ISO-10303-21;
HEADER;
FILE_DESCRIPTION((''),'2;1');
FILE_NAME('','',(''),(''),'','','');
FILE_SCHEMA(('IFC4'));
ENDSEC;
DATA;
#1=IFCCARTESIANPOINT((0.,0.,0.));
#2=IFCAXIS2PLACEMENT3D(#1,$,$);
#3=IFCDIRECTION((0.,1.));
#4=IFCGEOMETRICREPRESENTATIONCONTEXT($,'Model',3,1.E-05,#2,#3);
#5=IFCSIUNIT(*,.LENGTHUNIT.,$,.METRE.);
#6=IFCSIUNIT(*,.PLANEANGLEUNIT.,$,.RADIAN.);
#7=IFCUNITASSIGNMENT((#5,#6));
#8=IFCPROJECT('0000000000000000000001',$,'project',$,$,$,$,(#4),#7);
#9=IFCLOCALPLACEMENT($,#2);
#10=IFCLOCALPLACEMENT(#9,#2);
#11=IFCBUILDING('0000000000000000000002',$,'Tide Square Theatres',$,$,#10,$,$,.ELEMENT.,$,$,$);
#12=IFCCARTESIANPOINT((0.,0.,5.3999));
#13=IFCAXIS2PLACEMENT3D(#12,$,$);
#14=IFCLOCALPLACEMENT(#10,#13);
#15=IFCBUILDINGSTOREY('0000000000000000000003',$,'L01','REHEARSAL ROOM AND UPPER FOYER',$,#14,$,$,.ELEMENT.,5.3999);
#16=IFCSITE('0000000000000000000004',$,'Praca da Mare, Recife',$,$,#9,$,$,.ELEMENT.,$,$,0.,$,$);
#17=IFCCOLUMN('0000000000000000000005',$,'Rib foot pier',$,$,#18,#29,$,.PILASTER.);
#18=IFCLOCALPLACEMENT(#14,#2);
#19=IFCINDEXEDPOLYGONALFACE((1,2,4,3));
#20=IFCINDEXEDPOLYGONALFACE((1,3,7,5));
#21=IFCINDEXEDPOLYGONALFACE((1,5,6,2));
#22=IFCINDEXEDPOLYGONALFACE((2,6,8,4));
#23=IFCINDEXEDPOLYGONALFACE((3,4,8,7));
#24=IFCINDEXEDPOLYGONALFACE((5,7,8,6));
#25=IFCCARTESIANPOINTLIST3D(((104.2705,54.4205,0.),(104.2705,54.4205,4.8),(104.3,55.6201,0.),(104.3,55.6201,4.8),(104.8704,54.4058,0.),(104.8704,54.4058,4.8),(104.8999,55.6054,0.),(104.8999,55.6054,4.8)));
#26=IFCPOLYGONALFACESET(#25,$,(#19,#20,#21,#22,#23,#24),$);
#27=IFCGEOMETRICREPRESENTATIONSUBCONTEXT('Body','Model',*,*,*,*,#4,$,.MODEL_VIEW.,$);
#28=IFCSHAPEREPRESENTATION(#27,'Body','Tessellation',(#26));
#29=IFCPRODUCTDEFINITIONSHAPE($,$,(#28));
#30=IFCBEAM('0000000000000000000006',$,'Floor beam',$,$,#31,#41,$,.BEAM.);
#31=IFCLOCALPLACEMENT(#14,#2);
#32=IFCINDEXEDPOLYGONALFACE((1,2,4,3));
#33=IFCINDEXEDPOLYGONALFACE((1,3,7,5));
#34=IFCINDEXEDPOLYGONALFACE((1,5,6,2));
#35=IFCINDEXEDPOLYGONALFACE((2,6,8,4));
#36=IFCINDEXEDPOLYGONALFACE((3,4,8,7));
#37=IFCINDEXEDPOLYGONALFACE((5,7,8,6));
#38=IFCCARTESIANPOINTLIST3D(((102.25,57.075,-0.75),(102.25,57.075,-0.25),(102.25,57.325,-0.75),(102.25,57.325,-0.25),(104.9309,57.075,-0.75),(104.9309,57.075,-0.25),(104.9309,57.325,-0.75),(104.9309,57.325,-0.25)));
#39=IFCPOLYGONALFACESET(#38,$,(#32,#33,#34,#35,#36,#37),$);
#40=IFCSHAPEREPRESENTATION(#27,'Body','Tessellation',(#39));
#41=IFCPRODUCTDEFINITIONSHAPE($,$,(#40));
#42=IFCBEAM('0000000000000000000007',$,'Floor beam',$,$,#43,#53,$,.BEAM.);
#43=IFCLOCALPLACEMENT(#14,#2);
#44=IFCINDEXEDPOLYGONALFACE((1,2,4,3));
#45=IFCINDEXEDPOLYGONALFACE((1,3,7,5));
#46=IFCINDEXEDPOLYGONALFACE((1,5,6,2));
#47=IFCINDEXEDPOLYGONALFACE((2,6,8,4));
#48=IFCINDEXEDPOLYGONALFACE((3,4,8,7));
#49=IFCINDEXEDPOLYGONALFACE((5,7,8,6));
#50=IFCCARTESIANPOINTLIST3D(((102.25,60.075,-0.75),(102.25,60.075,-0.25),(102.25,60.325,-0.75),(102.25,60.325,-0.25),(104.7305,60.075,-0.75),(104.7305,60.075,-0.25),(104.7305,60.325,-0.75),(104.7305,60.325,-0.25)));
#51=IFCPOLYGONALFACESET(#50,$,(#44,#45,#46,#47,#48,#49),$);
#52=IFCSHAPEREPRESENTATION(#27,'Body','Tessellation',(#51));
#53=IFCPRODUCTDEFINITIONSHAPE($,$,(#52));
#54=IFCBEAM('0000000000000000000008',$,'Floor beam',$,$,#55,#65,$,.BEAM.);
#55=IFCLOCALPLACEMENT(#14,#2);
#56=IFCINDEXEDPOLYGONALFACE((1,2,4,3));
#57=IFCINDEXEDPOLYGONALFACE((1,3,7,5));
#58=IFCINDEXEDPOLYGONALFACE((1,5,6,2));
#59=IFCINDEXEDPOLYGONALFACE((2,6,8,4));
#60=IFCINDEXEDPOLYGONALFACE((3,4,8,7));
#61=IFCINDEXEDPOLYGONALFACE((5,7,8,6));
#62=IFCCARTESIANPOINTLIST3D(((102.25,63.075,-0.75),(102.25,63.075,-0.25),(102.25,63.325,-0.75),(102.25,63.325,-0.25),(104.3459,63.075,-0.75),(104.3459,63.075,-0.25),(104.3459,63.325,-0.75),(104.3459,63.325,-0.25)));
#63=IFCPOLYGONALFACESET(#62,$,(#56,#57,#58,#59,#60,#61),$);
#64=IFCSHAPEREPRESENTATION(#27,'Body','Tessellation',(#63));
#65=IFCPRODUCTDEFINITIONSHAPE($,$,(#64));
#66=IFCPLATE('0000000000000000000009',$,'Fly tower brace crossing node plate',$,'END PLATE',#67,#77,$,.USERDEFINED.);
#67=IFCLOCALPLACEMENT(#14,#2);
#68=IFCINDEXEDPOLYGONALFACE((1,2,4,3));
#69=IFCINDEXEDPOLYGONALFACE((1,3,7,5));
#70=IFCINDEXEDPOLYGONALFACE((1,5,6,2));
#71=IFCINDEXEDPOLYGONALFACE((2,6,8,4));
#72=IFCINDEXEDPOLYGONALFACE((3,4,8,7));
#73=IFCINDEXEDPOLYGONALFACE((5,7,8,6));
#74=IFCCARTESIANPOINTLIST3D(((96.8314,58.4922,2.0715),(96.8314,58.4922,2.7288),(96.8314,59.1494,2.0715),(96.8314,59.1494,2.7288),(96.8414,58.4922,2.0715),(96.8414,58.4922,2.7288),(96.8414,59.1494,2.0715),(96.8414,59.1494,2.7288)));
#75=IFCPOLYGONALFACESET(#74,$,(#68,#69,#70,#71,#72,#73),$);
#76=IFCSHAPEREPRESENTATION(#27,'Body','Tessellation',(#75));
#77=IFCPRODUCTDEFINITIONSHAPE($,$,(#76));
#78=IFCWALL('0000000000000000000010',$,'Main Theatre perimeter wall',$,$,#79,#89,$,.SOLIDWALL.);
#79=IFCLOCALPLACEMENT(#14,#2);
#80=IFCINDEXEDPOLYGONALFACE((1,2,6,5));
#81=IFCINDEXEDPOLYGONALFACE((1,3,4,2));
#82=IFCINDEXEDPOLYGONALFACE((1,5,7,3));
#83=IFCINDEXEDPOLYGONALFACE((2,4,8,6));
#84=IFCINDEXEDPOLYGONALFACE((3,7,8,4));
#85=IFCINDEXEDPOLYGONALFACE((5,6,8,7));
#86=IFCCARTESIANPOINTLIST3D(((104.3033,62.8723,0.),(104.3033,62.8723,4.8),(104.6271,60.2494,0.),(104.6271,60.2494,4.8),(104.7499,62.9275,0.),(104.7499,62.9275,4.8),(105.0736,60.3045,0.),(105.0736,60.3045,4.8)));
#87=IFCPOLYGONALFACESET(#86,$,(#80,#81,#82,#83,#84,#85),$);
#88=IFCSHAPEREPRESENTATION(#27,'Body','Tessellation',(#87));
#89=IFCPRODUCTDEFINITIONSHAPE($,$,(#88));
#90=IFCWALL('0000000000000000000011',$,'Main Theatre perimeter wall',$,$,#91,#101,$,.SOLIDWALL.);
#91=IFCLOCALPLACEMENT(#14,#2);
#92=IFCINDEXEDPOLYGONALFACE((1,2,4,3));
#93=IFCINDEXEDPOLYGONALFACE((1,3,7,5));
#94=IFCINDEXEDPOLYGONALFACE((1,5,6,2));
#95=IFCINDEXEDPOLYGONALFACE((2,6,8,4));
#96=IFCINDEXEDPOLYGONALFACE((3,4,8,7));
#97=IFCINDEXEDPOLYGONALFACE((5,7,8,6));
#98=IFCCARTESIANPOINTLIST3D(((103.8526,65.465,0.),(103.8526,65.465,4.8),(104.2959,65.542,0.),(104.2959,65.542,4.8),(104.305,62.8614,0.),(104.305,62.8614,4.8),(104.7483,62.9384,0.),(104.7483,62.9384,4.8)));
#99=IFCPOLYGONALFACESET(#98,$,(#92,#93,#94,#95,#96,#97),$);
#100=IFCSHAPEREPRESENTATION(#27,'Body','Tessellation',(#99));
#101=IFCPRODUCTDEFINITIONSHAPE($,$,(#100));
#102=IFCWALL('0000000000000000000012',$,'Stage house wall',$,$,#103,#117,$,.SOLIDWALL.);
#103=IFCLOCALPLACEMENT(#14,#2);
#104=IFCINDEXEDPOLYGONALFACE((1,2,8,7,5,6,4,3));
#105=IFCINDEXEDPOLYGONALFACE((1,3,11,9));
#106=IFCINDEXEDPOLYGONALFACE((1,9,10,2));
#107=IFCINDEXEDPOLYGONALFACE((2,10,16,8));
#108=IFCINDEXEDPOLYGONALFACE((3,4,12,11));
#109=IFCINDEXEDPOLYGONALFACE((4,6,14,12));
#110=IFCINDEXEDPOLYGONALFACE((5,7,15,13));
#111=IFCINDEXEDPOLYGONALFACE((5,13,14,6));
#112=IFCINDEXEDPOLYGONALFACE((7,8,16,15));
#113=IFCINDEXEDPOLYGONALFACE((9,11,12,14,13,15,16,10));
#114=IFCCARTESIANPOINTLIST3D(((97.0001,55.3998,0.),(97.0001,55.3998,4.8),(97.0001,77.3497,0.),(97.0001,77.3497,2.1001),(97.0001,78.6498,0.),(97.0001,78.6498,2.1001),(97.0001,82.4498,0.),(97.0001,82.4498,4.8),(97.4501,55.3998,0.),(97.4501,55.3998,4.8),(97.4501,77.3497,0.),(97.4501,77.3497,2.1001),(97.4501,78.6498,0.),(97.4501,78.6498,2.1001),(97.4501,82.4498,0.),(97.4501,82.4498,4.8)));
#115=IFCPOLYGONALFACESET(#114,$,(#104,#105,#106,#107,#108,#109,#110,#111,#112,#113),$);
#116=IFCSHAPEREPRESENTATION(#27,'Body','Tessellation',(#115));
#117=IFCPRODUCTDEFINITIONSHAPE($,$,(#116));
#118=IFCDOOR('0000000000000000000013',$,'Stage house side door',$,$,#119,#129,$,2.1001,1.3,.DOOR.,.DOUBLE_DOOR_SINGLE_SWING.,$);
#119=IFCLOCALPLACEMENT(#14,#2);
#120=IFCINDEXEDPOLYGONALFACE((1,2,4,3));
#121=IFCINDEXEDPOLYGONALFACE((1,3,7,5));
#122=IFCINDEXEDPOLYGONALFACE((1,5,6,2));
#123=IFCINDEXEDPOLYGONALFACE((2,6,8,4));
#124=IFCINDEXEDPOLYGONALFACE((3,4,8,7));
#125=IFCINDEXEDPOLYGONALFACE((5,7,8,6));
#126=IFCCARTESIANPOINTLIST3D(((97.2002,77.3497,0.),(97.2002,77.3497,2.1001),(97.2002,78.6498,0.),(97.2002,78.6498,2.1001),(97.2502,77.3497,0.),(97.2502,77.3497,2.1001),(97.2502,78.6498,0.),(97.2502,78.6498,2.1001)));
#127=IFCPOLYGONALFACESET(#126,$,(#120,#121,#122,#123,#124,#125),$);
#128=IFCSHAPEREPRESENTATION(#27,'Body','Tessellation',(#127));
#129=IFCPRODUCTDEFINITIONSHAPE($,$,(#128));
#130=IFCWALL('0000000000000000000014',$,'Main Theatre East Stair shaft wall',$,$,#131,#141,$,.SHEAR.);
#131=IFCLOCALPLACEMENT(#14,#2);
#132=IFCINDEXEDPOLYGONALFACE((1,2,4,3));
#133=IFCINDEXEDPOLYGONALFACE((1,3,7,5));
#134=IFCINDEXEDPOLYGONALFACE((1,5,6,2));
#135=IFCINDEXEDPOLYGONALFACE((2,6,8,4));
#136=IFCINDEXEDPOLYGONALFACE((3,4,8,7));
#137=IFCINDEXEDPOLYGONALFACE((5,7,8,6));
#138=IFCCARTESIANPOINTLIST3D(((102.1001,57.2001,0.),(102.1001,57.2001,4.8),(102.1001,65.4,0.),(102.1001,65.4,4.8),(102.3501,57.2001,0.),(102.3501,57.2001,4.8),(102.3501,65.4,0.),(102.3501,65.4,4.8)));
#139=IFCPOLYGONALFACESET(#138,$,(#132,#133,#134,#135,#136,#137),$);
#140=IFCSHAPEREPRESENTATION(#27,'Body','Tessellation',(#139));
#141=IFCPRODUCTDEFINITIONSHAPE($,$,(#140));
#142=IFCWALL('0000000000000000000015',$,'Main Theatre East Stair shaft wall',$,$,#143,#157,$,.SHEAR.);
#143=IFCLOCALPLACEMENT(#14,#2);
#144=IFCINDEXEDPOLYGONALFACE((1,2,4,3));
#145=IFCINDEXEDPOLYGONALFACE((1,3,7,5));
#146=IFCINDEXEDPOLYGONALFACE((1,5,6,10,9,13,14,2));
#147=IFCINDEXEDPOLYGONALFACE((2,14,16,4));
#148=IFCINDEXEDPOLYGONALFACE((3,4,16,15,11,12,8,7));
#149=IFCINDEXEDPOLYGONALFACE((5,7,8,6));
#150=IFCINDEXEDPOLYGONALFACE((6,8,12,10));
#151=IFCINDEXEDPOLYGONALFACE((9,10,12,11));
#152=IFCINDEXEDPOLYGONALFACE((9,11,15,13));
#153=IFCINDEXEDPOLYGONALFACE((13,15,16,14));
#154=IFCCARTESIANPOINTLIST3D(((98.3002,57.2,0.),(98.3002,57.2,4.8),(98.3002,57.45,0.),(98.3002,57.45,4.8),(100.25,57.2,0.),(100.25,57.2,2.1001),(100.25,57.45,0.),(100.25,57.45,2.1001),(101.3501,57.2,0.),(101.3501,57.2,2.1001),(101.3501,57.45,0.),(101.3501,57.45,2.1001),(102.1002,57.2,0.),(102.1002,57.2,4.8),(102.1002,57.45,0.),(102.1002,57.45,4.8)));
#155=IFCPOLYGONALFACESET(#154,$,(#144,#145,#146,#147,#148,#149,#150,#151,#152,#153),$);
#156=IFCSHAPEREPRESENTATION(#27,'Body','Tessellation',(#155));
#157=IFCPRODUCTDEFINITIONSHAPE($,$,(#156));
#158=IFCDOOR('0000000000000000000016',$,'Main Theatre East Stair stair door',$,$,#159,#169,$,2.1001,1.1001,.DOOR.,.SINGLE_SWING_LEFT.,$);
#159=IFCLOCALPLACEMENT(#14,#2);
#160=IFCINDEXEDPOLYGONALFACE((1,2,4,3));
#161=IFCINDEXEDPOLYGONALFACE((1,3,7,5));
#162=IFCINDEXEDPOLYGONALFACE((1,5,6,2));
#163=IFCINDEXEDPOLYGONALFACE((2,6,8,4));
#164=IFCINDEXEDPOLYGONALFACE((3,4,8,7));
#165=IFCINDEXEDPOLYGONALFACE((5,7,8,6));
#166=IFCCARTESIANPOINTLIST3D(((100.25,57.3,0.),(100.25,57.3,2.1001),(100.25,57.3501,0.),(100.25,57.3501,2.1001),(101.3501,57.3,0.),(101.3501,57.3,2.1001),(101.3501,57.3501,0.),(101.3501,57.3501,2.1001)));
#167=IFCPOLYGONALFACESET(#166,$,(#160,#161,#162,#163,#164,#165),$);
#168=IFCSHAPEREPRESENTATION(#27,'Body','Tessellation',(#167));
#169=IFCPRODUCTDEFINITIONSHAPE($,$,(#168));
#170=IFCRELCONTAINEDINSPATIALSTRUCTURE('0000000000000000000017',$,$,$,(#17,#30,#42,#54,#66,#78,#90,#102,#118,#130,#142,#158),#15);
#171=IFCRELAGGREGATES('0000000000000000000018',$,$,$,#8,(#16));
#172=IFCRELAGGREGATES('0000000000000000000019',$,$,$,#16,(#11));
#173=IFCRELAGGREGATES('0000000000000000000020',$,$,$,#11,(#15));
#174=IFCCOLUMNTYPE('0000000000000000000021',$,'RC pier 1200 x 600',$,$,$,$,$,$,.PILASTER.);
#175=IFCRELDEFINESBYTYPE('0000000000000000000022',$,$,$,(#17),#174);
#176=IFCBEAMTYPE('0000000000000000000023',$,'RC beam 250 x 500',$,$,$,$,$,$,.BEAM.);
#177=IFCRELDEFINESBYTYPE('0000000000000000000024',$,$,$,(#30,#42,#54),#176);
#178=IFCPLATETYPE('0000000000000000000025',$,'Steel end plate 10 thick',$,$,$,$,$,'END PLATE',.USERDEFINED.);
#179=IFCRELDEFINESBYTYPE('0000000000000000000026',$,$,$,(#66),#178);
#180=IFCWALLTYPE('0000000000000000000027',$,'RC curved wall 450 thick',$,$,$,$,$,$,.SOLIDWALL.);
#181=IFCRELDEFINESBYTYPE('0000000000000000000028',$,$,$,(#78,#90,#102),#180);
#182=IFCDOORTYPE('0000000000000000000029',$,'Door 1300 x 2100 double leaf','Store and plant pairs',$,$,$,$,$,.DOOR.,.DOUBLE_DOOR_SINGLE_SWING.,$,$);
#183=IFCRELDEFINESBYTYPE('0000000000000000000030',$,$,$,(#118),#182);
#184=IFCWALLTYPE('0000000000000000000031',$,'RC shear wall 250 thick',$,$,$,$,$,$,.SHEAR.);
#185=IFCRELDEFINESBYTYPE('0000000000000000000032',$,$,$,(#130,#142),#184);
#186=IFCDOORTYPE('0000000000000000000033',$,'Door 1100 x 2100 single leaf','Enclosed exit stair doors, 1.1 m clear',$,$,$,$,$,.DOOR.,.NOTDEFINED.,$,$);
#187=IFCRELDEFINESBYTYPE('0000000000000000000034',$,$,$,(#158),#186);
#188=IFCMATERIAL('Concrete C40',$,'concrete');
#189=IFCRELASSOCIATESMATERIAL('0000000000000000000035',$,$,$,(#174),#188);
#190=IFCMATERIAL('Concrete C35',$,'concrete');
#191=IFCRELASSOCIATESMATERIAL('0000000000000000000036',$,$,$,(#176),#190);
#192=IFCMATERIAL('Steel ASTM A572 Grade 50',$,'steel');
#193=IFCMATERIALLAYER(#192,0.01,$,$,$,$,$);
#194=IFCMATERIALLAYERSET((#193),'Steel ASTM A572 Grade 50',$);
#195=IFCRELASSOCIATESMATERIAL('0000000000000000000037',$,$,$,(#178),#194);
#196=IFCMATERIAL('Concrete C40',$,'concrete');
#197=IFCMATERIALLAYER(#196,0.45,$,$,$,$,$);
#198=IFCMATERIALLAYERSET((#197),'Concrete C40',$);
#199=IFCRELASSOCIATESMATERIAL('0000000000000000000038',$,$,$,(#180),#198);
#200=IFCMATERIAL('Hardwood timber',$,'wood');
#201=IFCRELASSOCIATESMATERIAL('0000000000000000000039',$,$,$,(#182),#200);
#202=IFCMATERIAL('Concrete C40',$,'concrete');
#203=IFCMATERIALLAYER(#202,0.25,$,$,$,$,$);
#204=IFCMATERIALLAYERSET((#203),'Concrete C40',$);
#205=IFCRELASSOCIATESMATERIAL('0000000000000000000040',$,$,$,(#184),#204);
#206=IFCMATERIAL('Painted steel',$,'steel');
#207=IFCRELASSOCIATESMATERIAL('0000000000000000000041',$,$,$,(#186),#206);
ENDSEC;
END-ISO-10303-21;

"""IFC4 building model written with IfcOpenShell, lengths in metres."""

from ifc_helpers import new_model, si_unit, direction, frame, frame_2d, origin, origin_2d, place, context, subcontext, project, spatial, rectangle, extrude, material, layer, layer_set, material_profile, profile_set, type_object, element, fill, save


model = new_model("IFC4")

# Units and contexts
model_context = context("Model", 3, precision=1e-05, world=origin(), true_north=direction((0.0, 1.0)))
body_context = subcontext(model_context, "Body", "Model", "MODEL_VIEW")
ifc_project = project(units=[si_unit("LENGTHUNIT", "METRE"), si_unit("PLANEANGLEUNIT", "RADIAN")], contexts=[model_context])

# Site, building, storey
site_placement = place(None, origin())
site = spatial("IfcSite", under=ifc_project, at=site_placement, Name="Praca da Mare, Recife", CompositionType="ELEMENT", RefElevation=0.0)
building_placement = place(site_placement, origin())
building = spatial("IfcBuilding", under=site, at=building_placement, Name="Tide Square Theatres", CompositionType="ELEMENT")
storey_placement = place(building_placement, frame((0.0, 0.0, 5.3999)))
storey = spatial("IfcBuildingStorey", under=building, at=storey_placement, Name="L01", Description="REHEARSAL ROOM AND UPPER FOYER", CompositionType="ELEMENT", Elevation=5.3999)

# Column
ifc_material_1 = material(Name="Concrete C40", Category="concrete")
ifc_material_profile_1 = material_profile(ifc_material_1, rectangle(XDim=1.2, YDim=0.6001, at=origin_2d()))
ifc_profile_set_1 = profile_set([ifc_material_profile_1], Name="Concrete C40")
column_type = type_object("IfcColumnType", Name="RC pier 1200 x 600", PredefinedType="PILASTER", material=ifc_profile_set_1)
column_placement = place(storey_placement, frame((104.5852, 55.0129, 0.0), z_axis=(0.0, 0.0, 1.0), x_axis=(0.024572, 0.999698, 0.0)))
element("IfcColumn", 1, at=column_placement, inside=storey, type_object=column_type, Name="Rib foot pier", PredefinedType="PILASTER", context=body_context, shape_type="SweptSolid", body=[
    extrude(rectangle(XDim=1.2, YDim=0.6001, at=origin_2d()), origin(), (0.0, 0.0, 1.0), 4.8),
])

# Beams
ifc_material_2 = material(Name="Concrete C35", Category="concrete")
ifc_material_profile_2 = material_profile(ifc_material_2, rectangle(XDim=0.25, YDim=0.5, at=origin_2d()))
ifc_profile_set_2 = profile_set([ifc_material_profile_2], Name="Concrete C35")
beam_type = type_object("IfcBeamType", Name="RC beam 250 x 500", PredefinedType="BEAM", material=ifc_profile_set_2)
beam_1_placement = place(storey_placement, frame((102.25, 57.2, -0.5), z_axis=(1.0, 0.0, 0.0), x_axis=(0.0, 1.0, 0.0)))
element("IfcBeam", 2, at=beam_1_placement, inside=storey, type_object=beam_type, Name="Floor beam", PredefinedType="BEAM", context=body_context, shape_type="SweptSolid", body=[
    extrude(rectangle(XDim=0.25, YDim=0.5, at=origin_2d()), origin(), (0.0, 0.0, 1.0), 2.6809),
])
beam_2_placement = place(storey_placement, frame((102.25, 60.2, -0.5), z_axis=(1.0, 0.0, 0.0), x_axis=(0.0, 1.0, 0.0)))
element("IfcBeam", 3, at=beam_2_placement, inside=storey, type_object=beam_type, Name="Floor beam", PredefinedType="BEAM", context=body_context, shape_type="SweptSolid", body=[
    extrude(rectangle(XDim=0.25, YDim=0.5, at=origin_2d()), origin(), (0.0, 0.0, 1.0), 2.4805),
])
beam_3_placement = place(storey_placement, frame((102.25, 63.2, -0.5), z_axis=(1.0, 0.0, 0.0), x_axis=(0.0, 1.0, 0.0)))
element("IfcBeam", 4, at=beam_3_placement, inside=storey, type_object=beam_type, Name="Floor beam", PredefinedType="BEAM", context=body_context, shape_type="SweptSolid", body=[
    extrude(rectangle(XDim=0.25, YDim=0.5, at=origin_2d()), origin(), (0.0, 0.0, 1.0), 2.0959),
])

# Plate
ifc_material_3 = material(Name="Steel ASTM A572 Grade 50", Category="steel")
ifc_layer_1 = layer(ifc_material_3, 0.01)
ifc_layer_set_1 = layer_set([ifc_layer_1], Name="Steel ASTM A572 Grade 50")
plate_type = type_object("IfcPlateType", Name="Steel end plate 10 thick", ElementType="END PLATE", PredefinedType="USERDEFINED", material=ifc_layer_set_1)
plate_placement = place(storey_placement, frame((96.8364, 58.8208, 2.0715), z_axis=(0.0, 0.0, 1.0), x_axis=(1.0, 0.0, 0.0)))
element("IfcPlate", 5, at=plate_placement, inside=storey, type_object=plate_type, Name="Fly tower brace crossing node plate", ObjectType="END PLATE", PredefinedType="USERDEFINED", context=body_context, shape_type="SweptSolid", body=[
    extrude(rectangle(XDim=0.01, YDim=0.6572, at=origin_2d()), origin(), (0.0, 0.0, 1.0), 0.6572),
])

# Walls
ifc_material_4 = material(Name="Concrete C40", Category="concrete")
ifc_layer_2 = layer(ifc_material_4, 0.45)
ifc_layer_set_2 = layer_set([ifc_layer_2], Name="Concrete C40")
wall_type_1 = type_object("IfcWallType", Name="RC curved wall 450 thick", PredefinedType="SOLIDWALL", material=ifc_layer_set_2)
wall_1_placement = place(storey_placement, frame((104.8503, 60.2771, 0.0), z_axis=(0.0, 0.0, 1.0), x_axis=(-0.1225, 0.992469, 0.0)))
element("IfcWall", 6, at=wall_1_placement, inside=storey, type_object=wall_type_1, Name="Main Theatre perimeter wall", PredefinedType="SOLIDWALL", context=body_context, shape_type="SweptSolid", body=[
    extrude(rectangle(XDim=2.6428, YDim=0.45, at=frame_2d((1.3213, 0.0))), origin(), (0.0, 0.0, 1.0), 4.8),
])
wall_2_placement = place(storey_placement, frame((104.5266, 62.8999, 0.0), z_axis=(0.0, 0.0, 1.0), x_axis=(-0.171197, 0.985237, 0.0)))
element("IfcWall", 7, at=wall_2_placement, inside=storey, type_object=wall_type_1, Name="Main Theatre perimeter wall", PredefinedType="SOLIDWALL", context=body_context, shape_type="SweptSolid", body=[
    extrude(rectangle(XDim=2.6426, YDim=0.45, at=frame_2d((1.3213, 0.0))), origin(), (0.0, 0.0, 1.0), 4.8),
])

# Wall, opening, door
wall_3_placement = place(storey_placement, frame((97.2251, 55.3999, 0.0), z_axis=(0.0, 0.0, 1.0), x_axis=(0.0, 1.0, 0.0)))
wall_3 = element("IfcWall", 8, at=wall_3_placement, inside=storey, type_object=wall_type_1, Name="Stage house wall", PredefinedType="SOLIDWALL", context=body_context, shape_type="SweptSolid", body=[
    extrude(rectangle(XDim=27.05, YDim=0.45, at=frame_2d((13.5249, 0.0))), origin(), (0.0, 0.0, 1.0), 4.8),
])
opening_1_placement = place(wall_3_placement, frame((21.95, 0.0, 0.0)))
opening_1 = element("IfcOpeningElement", 9, at=opening_1_placement, cuts=wall_3, PredefinedType="OPENING", context=body_context, shape_type="SweptSolid", body=[
    extrude(rectangle(XDim=1.3, YDim=2.1001, at=frame_2d((0.6499, 1.05))), frame((0.0, 0.2349, 0.0), z_axis=(0.0, -1.0, 0.0), x_axis=(1.0, 0.0, 0.0)), (0.0, 0.0, 1.0), 0.47),
])
ifc_material_5 = material(Name="Hardwood timber", Category="wood")
door_type_1 = type_object("IfcDoorType", Name="Door 1300 x 2100 double leaf", Description="Store and plant pairs", OperationType="DOUBLE_DOOR_SINGLE_SWING", PredefinedType="DOOR", material=ifc_material_5)
door_1_placement = place(opening_1_placement, origin())
door_1 = element("IfcDoor", 10, at=door_1_placement, inside=storey, type_object=door_type_1, Name="Stage house side door", OperationType="DOUBLE_DOOR_SINGLE_SWING", OverallHeight=2.1001, OverallWidth=1.3, PredefinedType="DOOR", context=body_context, shape_type="SweptSolid", body=[
    extrude(rectangle(XDim=1.3, YDim=2.1001, at=frame_2d((0.6499, 1.05))), frame((0.0, 0.0249, 0.0), z_axis=(0.0, -1.0, 0.0), x_axis=(1.0, 0.0, 0.0)), (0.0, 0.0, 1.0), 0.05),
])
fill(opening_1, door_1)

# Wall
ifc_material_6 = material(Name="Concrete C40", Category="concrete")
ifc_layer_3 = layer(ifc_material_6, 0.25)
ifc_layer_set_3 = layer_set([ifc_layer_3], Name="Concrete C40")
wall_type_2 = type_object("IfcWallType", Name="RC shear wall 250 thick", PredefinedType="SHEAR", material=ifc_layer_set_3)
wall_4_placement = place(storey_placement, frame((102.2251, 57.2, 0.0), z_axis=(0.0, 0.0, 1.0), x_axis=(0.0, 1.0, 0.0)))
element("IfcWall", 11, at=wall_4_placement, inside=storey, type_object=wall_type_2, Name="Main Theatre East Stair shaft wall", PredefinedType="SHEAR", context=body_context, shape_type="SweptSolid", body=[
    extrude(rectangle(XDim=8.2, YDim=0.25, at=frame_2d((4.1001, 0.0))), origin(), (0.0, 0.0, 1.0), 4.8),
])

# Wall, opening, door
wall_5_placement = place(storey_placement, frame((102.1001, 57.325, 0.0), z_axis=(0.0, 0.0, 1.0), x_axis=(-1.0, 0.0, 0.0)))
wall_5 = element("IfcWall", 12, at=wall_5_placement, inside=storey, type_object=wall_type_2, Name="Main Theatre East Stair shaft wall", PredefinedType="SHEAR", context=body_context, shape_type="SweptSolid", body=[
    extrude(rectangle(XDim=3.8, YDim=0.25, at=frame_2d((1.8999, 0.0))), origin(), (0.0, 0.0, 1.0), 4.8),
])
opening_2_placement = place(wall_5_placement, frame((0.75, 0.0, 0.0)))
opening_2 = element("IfcOpeningElement", 13, at=opening_2_placement, cuts=wall_5, PredefinedType="OPENING", context=body_context, shape_type="SweptSolid", body=[
    extrude(rectangle(XDim=1.1001, YDim=2.1001, at=frame_2d((0.55, 1.05))), frame((0.0, 0.135, 0.0), z_axis=(0.0, -1.0, 0.0), x_axis=(1.0, 0.0, 0.0)), (0.0, 0.0, 1.0), 0.27),
])
ifc_material_7 = material(Name="Painted steel", Category="steel")
door_type_2 = type_object("IfcDoorType", Name="Door 1100 x 2100 single leaf", Description="Enclosed exit stair doors, 1.1 m clear", OperationType="NOTDEFINED", PredefinedType="DOOR", material=ifc_material_7)
door_2_placement = place(opening_2_placement, origin())
door_2 = element("IfcDoor", 14, at=door_2_placement, inside=storey, type_object=door_type_2, Name="Main Theatre East Stair stair door", OperationType="SINGLE_SWING_LEFT", OverallHeight=2.1001, OverallWidth=1.1001, PredefinedType="DOOR", context=body_context, shape_type="SweptSolid", body=[
    extrude(rectangle(XDim=1.1001, YDim=2.1001, at=frame_2d((0.55, 1.05))), frame((0.0, 0.0249, 0.0), z_axis=(0.0, -1.0, 0.0), x_axis=(1.0, 0.0, 0.0)), (0.0, 0.0, 1.0), 0.05),
])
fill(opening_2, door_2)

save(model, "model.ifc")
